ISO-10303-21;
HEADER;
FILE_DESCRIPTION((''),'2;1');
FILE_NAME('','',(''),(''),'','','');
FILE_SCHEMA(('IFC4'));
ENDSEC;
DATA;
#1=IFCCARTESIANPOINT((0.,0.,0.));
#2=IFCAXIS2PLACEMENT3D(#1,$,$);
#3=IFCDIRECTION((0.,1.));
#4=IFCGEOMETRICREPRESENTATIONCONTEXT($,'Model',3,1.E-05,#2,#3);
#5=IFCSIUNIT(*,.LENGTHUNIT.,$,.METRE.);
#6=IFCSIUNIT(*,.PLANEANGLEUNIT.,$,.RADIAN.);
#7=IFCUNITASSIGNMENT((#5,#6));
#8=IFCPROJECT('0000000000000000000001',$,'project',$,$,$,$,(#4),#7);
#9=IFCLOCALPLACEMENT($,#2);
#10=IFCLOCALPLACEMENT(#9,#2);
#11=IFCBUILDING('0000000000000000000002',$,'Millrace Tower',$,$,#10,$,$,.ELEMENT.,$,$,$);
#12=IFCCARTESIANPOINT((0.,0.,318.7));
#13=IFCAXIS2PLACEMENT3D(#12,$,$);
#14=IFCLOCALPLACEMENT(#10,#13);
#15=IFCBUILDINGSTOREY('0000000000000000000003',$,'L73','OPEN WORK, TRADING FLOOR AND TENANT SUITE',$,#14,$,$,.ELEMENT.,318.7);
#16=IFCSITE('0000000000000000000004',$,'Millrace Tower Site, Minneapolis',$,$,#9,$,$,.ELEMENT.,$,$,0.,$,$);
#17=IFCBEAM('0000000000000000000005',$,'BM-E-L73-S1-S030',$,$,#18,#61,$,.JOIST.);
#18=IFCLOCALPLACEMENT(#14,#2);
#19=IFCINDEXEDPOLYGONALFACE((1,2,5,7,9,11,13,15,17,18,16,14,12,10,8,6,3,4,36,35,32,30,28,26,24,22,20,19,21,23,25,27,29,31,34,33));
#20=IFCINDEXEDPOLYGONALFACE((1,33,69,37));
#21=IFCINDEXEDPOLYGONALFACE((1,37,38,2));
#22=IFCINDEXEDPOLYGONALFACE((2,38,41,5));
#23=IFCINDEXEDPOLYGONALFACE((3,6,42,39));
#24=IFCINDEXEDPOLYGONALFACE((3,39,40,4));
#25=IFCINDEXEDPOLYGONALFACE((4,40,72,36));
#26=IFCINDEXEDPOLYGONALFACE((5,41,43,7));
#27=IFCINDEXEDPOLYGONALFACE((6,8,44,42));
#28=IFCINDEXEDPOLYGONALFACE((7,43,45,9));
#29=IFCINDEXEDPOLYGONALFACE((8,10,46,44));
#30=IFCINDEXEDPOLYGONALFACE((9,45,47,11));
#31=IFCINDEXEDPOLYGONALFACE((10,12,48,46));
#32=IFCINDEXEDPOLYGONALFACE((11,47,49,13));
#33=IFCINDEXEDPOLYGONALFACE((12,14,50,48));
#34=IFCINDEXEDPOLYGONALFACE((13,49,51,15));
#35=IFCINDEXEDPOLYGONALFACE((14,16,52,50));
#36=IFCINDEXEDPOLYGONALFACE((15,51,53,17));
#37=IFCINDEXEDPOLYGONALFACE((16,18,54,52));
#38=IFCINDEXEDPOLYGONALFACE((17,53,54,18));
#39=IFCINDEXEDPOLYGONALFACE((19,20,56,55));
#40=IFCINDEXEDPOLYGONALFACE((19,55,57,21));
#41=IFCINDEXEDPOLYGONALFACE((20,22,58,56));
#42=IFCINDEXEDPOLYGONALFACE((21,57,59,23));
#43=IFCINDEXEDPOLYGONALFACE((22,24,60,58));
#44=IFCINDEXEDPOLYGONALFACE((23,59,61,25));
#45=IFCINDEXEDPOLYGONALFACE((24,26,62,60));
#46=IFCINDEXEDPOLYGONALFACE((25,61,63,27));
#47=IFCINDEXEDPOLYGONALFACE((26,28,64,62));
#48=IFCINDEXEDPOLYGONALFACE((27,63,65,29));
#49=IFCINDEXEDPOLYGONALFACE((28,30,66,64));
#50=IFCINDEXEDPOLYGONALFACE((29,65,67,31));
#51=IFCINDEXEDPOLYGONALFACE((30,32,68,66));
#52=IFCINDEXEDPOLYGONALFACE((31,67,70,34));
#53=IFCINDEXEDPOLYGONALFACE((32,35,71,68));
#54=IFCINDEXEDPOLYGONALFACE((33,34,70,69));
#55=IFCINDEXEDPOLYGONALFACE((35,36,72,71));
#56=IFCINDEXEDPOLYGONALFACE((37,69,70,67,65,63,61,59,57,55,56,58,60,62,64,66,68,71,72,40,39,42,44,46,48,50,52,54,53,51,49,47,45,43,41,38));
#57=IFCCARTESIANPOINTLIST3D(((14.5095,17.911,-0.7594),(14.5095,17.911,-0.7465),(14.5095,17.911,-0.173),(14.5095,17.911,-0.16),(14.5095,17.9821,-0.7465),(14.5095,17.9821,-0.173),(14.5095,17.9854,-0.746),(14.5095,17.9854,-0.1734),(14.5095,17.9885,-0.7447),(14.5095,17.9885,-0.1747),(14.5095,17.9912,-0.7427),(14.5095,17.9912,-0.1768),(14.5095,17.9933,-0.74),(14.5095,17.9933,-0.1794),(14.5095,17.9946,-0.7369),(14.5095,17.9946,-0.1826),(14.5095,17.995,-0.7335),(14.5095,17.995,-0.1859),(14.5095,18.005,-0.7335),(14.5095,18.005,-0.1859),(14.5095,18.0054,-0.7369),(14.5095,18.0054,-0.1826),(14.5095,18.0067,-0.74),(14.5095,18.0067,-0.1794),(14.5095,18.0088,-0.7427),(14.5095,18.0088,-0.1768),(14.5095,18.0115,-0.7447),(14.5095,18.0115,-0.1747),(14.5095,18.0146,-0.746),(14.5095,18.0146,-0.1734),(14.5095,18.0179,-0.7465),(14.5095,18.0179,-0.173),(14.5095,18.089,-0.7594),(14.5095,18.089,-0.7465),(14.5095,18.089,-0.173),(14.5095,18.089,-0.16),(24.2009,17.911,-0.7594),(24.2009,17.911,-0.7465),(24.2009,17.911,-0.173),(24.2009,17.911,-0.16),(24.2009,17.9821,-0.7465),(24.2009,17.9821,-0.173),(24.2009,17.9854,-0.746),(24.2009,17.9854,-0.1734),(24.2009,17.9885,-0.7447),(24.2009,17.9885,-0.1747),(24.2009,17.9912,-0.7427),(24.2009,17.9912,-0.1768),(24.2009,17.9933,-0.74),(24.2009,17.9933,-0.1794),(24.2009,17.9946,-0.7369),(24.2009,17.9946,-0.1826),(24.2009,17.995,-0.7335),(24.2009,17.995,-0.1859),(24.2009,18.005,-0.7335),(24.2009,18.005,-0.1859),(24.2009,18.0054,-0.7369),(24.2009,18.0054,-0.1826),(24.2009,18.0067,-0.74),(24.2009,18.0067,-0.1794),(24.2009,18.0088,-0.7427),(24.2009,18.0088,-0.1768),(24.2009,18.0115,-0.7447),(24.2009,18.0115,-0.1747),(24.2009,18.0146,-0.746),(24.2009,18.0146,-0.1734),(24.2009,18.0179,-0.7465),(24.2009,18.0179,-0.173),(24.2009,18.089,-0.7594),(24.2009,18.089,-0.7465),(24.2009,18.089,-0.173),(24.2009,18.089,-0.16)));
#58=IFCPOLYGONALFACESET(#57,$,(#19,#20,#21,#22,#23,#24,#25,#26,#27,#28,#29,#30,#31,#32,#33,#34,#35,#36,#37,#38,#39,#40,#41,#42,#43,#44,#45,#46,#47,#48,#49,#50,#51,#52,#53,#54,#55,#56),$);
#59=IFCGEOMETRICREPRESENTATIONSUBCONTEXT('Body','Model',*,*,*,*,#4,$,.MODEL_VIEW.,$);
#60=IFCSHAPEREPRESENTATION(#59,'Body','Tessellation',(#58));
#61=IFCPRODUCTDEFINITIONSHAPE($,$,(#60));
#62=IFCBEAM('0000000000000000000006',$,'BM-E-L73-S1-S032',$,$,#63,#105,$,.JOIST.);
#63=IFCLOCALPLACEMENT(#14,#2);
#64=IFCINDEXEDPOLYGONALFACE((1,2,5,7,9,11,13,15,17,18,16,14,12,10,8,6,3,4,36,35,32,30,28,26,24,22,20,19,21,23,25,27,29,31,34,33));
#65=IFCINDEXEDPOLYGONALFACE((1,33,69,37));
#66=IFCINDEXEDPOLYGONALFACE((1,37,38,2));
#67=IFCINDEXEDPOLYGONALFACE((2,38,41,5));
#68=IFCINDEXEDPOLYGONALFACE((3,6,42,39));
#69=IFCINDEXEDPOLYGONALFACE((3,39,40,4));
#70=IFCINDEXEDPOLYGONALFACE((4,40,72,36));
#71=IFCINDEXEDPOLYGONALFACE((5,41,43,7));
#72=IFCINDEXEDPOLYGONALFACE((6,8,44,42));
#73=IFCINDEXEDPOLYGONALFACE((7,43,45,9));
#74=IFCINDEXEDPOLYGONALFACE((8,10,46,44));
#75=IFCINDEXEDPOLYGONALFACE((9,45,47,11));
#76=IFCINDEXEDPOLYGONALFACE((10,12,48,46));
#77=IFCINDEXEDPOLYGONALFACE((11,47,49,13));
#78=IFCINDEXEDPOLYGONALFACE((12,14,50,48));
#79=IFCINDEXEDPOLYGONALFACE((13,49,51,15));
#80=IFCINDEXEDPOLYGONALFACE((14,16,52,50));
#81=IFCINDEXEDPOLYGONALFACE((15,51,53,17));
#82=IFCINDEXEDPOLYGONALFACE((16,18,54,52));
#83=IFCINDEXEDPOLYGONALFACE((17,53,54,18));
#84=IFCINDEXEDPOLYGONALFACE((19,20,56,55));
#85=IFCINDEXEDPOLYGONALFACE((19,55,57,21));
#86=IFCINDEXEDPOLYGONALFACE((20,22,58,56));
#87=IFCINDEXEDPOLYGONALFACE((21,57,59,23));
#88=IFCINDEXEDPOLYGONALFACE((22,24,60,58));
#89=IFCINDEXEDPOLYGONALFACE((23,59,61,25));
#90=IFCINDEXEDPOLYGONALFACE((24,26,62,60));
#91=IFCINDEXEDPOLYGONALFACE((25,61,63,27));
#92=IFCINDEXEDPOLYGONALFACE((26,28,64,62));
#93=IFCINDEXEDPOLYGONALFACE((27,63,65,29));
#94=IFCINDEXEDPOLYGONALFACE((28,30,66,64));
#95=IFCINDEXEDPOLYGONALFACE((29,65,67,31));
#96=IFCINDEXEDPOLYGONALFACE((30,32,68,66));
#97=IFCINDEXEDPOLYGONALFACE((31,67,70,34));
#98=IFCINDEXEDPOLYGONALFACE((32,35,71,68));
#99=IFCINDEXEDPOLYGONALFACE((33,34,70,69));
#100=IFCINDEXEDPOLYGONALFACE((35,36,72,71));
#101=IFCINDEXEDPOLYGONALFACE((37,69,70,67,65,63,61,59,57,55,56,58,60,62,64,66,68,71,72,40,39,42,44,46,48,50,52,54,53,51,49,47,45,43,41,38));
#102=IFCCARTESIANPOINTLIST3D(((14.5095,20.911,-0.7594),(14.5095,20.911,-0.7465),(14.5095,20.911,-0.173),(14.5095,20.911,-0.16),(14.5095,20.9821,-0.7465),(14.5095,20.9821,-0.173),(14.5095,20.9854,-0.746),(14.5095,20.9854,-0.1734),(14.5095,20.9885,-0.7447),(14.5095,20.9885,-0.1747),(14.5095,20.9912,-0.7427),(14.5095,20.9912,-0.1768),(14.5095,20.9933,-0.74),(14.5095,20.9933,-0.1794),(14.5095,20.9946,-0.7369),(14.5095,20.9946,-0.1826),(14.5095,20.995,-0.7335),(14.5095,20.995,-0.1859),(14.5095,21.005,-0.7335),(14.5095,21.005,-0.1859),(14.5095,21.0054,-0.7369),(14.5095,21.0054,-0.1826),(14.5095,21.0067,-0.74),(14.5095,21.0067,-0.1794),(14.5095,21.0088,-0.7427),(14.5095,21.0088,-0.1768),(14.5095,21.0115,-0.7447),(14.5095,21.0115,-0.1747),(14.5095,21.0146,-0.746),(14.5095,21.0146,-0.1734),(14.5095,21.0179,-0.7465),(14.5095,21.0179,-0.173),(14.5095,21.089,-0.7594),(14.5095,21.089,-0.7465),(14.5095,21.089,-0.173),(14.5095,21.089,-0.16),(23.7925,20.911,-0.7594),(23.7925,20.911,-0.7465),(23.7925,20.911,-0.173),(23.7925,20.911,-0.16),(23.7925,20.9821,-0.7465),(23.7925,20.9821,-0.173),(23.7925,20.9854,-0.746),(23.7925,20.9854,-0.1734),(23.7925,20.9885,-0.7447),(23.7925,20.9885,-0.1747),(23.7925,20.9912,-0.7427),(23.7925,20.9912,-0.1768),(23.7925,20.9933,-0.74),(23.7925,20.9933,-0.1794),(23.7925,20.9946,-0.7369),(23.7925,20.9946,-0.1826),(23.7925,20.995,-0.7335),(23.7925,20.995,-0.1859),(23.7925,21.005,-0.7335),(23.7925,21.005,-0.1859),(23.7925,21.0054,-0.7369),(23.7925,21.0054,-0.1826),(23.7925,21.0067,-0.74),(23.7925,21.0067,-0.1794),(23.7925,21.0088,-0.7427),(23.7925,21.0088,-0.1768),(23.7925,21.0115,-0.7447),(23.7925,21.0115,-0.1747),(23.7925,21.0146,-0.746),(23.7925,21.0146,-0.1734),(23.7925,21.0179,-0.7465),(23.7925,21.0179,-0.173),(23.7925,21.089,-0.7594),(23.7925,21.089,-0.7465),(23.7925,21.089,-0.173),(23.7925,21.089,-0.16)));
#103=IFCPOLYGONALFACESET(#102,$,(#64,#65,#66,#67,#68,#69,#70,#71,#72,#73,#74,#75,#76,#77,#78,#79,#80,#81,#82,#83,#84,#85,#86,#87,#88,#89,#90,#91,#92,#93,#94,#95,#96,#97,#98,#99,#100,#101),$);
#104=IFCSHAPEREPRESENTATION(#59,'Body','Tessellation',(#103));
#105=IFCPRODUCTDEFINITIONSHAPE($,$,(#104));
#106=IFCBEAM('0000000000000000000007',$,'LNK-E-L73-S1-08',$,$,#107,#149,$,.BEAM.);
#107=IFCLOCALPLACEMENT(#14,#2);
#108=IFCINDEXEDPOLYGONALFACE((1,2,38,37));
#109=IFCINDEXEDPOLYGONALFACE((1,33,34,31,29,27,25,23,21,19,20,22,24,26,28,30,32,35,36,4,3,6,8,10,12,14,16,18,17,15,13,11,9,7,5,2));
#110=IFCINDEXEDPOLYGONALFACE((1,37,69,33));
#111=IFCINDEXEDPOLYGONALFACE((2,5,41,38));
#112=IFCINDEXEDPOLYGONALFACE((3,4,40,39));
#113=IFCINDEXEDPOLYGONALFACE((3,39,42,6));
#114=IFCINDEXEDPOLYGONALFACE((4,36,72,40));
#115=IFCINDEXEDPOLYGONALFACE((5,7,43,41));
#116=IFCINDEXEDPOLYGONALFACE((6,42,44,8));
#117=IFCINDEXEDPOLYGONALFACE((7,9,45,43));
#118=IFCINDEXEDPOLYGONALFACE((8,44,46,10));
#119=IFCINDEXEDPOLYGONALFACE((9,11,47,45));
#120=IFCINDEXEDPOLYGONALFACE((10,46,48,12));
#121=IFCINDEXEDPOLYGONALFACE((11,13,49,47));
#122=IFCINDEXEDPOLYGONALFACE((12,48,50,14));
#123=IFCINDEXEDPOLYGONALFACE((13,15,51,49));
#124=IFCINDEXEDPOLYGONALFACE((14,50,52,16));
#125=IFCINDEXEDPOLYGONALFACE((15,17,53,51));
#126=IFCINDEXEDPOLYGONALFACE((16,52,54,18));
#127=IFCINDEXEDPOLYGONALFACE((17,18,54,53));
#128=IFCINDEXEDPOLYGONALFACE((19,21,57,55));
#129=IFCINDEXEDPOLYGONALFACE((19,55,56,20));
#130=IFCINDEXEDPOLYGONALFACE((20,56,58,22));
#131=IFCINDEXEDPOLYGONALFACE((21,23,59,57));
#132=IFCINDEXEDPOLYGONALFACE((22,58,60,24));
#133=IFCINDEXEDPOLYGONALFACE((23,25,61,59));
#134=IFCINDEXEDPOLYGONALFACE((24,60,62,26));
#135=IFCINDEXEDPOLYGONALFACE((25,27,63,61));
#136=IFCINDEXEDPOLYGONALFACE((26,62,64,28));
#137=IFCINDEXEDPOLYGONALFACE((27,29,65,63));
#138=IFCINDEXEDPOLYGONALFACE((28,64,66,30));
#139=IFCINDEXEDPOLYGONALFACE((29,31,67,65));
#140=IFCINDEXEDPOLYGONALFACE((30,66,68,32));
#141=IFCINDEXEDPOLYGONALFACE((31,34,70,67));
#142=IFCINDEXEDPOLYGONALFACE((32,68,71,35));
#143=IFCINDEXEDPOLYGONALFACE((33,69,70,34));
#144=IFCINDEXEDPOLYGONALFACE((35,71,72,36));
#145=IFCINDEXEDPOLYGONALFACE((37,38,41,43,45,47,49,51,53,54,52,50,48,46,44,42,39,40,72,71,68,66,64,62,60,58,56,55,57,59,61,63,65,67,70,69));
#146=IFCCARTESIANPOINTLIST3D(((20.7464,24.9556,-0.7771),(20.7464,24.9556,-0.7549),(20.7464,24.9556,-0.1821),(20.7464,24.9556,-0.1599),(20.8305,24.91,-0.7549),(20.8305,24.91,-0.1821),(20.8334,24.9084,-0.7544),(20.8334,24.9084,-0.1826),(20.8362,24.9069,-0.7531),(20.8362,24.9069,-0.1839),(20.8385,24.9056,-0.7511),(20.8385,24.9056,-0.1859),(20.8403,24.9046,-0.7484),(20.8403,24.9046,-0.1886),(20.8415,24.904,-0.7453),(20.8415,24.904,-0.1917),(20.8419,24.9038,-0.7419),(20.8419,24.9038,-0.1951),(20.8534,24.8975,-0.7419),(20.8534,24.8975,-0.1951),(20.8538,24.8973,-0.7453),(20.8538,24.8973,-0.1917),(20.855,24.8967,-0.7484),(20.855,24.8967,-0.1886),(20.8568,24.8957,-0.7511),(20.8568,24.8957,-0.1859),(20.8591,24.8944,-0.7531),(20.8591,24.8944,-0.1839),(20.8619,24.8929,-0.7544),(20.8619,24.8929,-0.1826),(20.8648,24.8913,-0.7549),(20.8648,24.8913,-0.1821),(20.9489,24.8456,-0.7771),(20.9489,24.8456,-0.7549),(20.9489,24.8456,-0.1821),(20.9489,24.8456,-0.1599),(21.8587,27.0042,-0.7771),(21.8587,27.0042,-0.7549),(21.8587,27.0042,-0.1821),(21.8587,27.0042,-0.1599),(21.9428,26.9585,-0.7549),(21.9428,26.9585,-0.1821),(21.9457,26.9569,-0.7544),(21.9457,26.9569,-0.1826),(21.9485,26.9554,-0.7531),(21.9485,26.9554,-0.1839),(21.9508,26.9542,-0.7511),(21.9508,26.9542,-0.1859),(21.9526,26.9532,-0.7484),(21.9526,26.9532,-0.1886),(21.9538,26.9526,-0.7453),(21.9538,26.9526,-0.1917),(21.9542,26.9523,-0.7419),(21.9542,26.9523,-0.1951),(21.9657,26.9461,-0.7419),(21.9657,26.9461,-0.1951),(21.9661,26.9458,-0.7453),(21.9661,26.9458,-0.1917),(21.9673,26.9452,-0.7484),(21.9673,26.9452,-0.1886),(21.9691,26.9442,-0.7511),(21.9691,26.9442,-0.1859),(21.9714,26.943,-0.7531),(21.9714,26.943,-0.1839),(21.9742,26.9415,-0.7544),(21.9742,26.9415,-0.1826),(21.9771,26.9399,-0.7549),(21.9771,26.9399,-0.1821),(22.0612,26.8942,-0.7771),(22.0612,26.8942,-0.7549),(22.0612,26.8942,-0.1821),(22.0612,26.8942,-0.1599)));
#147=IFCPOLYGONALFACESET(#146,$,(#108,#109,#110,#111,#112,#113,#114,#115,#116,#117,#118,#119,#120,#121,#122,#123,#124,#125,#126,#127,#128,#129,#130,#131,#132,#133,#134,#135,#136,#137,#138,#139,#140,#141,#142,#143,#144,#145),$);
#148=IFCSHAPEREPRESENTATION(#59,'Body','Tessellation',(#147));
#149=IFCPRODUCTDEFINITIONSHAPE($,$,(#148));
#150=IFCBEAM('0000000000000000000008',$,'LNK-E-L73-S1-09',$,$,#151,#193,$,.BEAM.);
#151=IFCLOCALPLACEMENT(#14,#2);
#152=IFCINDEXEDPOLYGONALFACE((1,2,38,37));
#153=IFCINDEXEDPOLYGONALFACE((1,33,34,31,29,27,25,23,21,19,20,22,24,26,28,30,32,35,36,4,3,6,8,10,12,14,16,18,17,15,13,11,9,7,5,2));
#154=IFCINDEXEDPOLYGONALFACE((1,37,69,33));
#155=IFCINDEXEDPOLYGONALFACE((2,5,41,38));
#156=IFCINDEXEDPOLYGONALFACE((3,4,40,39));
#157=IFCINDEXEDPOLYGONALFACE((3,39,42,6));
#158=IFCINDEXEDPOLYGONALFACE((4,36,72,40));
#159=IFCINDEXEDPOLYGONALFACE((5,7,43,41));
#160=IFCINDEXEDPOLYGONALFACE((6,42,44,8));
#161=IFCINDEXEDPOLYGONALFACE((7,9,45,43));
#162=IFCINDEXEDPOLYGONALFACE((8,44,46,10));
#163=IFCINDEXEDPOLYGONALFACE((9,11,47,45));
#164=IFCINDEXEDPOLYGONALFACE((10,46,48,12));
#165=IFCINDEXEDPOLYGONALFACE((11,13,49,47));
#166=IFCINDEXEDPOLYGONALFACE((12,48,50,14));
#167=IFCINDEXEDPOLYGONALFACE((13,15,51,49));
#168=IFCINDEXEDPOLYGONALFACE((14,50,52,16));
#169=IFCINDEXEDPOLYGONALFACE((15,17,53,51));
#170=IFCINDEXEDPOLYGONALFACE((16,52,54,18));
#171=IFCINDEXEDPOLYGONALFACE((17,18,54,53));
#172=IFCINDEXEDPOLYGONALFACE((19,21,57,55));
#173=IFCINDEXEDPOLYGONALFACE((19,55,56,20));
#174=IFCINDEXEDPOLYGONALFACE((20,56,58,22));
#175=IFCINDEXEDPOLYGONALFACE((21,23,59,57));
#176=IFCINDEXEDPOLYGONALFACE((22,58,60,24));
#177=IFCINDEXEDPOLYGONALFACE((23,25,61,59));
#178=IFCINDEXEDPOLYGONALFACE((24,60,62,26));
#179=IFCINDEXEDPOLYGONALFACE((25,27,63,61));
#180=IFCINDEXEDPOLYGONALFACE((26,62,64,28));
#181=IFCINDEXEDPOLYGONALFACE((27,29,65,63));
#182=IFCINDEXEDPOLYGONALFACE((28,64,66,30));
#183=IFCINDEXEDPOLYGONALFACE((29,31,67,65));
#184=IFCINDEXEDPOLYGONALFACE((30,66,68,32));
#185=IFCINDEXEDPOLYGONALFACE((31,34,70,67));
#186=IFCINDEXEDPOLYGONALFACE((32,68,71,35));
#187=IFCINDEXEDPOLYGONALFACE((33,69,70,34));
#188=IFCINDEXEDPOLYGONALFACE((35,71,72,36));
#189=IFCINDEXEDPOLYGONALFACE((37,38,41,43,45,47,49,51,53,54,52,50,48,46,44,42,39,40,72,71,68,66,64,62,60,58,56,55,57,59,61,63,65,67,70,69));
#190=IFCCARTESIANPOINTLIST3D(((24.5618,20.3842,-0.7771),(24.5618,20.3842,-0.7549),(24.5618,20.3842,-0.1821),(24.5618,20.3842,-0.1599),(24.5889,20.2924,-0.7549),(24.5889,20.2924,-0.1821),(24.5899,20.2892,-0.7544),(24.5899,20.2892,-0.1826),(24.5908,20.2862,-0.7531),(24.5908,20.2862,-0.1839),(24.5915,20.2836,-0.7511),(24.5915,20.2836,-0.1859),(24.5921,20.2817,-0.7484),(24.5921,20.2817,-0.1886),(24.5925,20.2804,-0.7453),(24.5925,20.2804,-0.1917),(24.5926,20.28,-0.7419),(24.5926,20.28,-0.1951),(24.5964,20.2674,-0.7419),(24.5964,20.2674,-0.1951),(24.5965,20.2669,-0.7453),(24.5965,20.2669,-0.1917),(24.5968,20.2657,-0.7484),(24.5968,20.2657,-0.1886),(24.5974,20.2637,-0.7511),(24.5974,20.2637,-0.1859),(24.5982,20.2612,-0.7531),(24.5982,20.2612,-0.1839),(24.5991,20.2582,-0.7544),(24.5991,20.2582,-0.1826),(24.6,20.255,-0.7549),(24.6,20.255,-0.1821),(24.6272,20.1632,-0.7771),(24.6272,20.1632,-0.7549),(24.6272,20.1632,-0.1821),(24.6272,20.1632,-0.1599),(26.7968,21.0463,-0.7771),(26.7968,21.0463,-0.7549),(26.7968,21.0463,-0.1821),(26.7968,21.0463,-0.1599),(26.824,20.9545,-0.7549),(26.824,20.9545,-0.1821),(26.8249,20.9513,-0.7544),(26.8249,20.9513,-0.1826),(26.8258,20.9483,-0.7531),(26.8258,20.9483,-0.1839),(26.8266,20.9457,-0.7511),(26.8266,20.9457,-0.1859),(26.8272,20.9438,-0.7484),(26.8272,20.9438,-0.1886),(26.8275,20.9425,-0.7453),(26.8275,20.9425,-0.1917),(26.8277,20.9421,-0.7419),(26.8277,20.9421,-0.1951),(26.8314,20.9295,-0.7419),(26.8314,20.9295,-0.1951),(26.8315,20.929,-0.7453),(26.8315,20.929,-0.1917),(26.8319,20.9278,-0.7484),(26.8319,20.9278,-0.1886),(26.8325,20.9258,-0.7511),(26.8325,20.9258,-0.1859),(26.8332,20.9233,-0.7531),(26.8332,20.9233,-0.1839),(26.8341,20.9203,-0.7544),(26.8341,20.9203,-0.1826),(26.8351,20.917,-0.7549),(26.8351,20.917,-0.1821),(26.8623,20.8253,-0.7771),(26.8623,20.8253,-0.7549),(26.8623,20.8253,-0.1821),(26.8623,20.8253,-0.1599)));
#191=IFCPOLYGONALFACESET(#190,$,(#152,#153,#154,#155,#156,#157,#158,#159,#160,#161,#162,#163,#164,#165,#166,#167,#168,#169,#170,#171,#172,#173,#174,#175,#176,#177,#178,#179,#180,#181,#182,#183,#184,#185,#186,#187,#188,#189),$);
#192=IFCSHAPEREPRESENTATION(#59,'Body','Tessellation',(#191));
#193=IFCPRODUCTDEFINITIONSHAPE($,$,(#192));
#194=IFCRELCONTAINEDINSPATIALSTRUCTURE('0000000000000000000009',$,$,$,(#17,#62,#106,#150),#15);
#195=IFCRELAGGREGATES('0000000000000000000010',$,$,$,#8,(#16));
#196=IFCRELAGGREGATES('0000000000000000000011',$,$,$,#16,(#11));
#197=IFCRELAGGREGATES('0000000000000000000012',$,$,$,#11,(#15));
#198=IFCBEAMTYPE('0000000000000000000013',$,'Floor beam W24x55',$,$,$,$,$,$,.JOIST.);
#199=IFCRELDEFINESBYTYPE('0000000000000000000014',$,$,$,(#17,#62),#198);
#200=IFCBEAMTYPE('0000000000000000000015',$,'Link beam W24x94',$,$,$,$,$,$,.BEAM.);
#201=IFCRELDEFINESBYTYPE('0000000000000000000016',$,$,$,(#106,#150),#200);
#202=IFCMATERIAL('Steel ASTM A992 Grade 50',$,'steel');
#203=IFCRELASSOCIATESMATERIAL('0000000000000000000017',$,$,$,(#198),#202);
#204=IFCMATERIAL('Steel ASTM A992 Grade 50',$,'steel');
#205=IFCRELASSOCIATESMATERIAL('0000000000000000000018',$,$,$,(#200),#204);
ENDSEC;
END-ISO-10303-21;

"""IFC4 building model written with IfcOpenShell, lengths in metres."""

from ifc_helpers import new_model, si_unit, direction, frame, origin, origin_2d, place, context, subcontext, project, spatial, i_section, extrude, material, material_profile, profile_set, type_object, element, save


model = new_model("IFC4")

# Units and contexts
model_context = context("Model", 3, precision=1e-05, world=origin(), true_north=direction((0.0, 1.0)))
body_context = subcontext(model_context, "Body", "Model", "MODEL_VIEW")
ifc_project = project(units=[si_unit("LENGTHUNIT", "METRE"), si_unit("PLANEANGLEUNIT", "RADIAN")], contexts=[model_context])

# Site, building, storey
site_placement = place(None, origin())
site = spatial("IfcSite", under=ifc_project, at=site_placement, Name="Millrace Tower Site, Minneapolis", CompositionType="ELEMENT", RefElevation=0.0)
building_placement = place(site_placement, origin())
building = spatial("IfcBuilding", under=site, at=building_placement, Name="Millrace Tower", CompositionType="ELEMENT")
storey_placement = place(building_placement, frame((0.0, 0.0, 318.7)))
storey = spatial("IfcBuildingStorey", under=building, at=storey_placement, Name="L73", Description="OPEN WORK, TRADING FLOOR AND TENANT SUITE", CompositionType="ELEMENT", Elevation=318.7)

# Beams
ifc_material_1 = material(Name="Steel ASTM A992 Grade 50", Category="steel")
ifc_material_profile_1 = material_profile(ifc_material_1, i_section(OverallWidth=0.178, OverallDepth=0.5994, WebThickness=0.01, FlangeThickness=0.0129, FilletRadius=0.0129, at=origin_2d()))
ifc_profile_set_1 = profile_set([ifc_material_profile_1], Name="Steel ASTM A992 Grade 50")
beam_type_1 = type_object("IfcBeamType", Name="Floor beam W24x55", PredefinedType="JOIST", material=ifc_profile_set_1)
beam_1_placement = place(storey_placement, frame((14.5095, 18.0, -0.4597), z_axis=(1.0, 0.0, 0.0), x_axis=(0.0, 1.0, 0.0)))
element("IfcBeam", 1, at=beam_1_placement, inside=storey, type_object=beam_type_1, Name="BM-E-L73-S1-S030", PredefinedType="JOIST", context=body_context, shape_type="SweptSolid", body=[
    extrude(i_section(OverallWidth=0.178, OverallDepth=0.5994, WebThickness=0.01, FlangeThickness=0.0129, FilletRadius=0.0129, at=origin_2d()), origin(), (0.0, 0.0, 1.0), 9.6914),
])
beam_2_placement = place(storey_placement, frame((14.5095, 21.0, -0.4597), z_axis=(1.0, 0.0, 0.0), x_axis=(0.0, 1.0, 0.0)))
element("IfcBeam", 2, at=beam_2_placement, inside=storey, type_object=beam_type_1, Name="BM-E-L73-S1-S032", PredefinedType="JOIST", context=body_context, shape_type="SweptSolid", body=[
    extrude(i_section(OverallWidth=0.178, OverallDepth=0.5994, WebThickness=0.01, FlangeThickness=0.0129, FilletRadius=0.0129, at=origin_2d()), origin(), (0.0, 0.0, 1.0), 9.283),
])
ifc_material_2 = material(Name="Steel ASTM A992 Grade 50", Category="steel")
ifc_material_profile_2 = material_profile(ifc_material_2, i_section(OverallWidth=0.2305, OverallDepth=0.6172, WebThickness=0.0132, FlangeThickness=0.0222, FilletRadius=0.0129, at=origin_2d()))
ifc_profile_set_2 = profile_set([ifc_material_profile_2], Name="Steel ASTM A992 Grade 50")
beam_type_2 = type_object("IfcBeamType", Name="Link beam W24x94", PredefinedType="BEAM", material=ifc_profile_set_2)
for number, where, z_axis, x_axis, name in (
    (3, (20.8477, 24.9006, -0.4685), (0.477164, 0.878815, 0.0), (-0.878815, 0.477164, 0.0), "LNK-E-L73-S1-08"),
    (4, (24.5945, 20.2737, -0.4685), (0.958815, 0.284031, 0.0), (-0.284031, 0.958815, 0.0), "LNK-E-L73-S1-09"),
):
    element("IfcBeam", number, at=place(storey_placement, frame(where, z_axis=z_axis, x_axis=x_axis)), inside=storey, type_object=beam_type_2, Name=name, PredefinedType="BEAM", context=body_context, shape_type="SweptSolid", body=[
        extrude(i_section(OverallWidth=0.2305, OverallDepth=0.6172, WebThickness=0.0132, FlangeThickness=0.0222, FilletRadius=0.0129, at=origin_2d()), origin(), (0.0, 0.0, 1.0), 2.3311),
    ])

save(model, "model.ifc")
